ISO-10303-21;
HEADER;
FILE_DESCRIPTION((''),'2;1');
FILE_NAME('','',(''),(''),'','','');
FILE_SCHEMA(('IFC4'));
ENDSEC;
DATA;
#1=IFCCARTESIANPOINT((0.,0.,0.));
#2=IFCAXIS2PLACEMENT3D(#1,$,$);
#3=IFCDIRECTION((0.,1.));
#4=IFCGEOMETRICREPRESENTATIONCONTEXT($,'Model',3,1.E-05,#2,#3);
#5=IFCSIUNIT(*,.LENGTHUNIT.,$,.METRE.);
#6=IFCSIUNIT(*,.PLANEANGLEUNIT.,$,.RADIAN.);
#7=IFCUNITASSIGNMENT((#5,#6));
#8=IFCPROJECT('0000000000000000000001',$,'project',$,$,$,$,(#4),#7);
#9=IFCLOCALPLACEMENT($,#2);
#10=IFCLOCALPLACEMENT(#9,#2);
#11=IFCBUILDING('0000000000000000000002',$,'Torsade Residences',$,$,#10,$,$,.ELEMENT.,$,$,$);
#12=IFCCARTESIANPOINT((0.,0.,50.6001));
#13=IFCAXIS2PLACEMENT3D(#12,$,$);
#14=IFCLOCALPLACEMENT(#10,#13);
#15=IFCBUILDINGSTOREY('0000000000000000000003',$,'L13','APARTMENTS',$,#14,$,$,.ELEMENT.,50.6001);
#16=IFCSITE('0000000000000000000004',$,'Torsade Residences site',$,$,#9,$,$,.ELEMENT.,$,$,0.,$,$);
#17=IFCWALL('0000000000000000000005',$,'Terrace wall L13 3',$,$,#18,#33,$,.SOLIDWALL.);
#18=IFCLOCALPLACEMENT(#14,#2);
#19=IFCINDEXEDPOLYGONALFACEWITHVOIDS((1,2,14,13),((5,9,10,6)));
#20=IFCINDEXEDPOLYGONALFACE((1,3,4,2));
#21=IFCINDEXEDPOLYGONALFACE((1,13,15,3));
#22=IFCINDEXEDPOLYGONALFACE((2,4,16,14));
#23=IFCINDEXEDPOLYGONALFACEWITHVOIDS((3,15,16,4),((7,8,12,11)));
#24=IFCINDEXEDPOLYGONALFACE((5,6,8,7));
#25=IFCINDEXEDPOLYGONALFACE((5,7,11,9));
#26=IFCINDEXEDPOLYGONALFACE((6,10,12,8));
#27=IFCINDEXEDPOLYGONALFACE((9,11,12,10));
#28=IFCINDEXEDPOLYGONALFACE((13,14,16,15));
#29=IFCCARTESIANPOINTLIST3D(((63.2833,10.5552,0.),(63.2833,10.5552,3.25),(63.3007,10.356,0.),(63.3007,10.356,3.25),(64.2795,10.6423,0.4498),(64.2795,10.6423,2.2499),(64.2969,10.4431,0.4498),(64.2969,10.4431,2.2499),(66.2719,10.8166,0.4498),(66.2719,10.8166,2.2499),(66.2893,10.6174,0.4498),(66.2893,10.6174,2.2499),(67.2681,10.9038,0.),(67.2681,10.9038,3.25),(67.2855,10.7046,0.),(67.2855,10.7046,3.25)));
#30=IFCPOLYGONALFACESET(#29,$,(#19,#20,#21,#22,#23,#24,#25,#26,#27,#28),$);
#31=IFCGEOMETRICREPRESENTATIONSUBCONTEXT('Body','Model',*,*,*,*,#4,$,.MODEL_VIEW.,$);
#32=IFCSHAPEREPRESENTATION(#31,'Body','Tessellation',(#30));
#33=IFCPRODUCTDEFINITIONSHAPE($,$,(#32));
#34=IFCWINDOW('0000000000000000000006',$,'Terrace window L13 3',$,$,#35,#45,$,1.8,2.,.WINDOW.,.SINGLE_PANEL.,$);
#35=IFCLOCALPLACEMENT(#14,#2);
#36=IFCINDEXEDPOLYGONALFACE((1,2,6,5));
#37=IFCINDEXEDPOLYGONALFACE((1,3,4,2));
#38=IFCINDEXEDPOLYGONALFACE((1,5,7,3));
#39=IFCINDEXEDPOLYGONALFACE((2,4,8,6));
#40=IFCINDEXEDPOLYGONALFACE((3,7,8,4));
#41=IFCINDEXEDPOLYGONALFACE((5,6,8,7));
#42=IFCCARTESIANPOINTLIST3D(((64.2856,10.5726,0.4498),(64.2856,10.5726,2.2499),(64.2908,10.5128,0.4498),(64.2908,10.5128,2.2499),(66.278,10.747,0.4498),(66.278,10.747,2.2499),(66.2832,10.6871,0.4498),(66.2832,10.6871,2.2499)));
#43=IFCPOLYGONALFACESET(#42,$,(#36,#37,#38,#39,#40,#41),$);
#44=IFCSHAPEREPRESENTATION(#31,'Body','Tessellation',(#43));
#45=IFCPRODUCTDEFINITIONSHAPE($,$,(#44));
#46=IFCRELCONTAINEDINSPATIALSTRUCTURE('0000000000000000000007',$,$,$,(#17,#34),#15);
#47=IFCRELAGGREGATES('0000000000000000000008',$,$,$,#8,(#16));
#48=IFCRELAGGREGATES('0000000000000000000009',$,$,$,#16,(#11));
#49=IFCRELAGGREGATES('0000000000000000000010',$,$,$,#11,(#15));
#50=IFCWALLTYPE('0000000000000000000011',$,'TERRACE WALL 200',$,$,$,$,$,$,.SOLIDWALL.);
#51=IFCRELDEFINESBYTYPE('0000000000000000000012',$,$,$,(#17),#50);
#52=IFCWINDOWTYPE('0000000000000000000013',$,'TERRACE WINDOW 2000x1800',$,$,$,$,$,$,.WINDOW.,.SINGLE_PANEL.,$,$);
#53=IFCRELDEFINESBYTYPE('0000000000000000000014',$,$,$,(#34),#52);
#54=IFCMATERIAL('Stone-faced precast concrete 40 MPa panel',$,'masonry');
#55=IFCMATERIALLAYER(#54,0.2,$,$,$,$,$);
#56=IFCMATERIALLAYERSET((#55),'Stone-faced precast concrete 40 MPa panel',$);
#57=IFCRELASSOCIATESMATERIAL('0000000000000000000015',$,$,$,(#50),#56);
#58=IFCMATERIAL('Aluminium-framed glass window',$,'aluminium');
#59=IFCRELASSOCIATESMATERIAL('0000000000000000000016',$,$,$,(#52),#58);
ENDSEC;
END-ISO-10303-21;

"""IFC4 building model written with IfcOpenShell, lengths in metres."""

from ifc_helpers import new_model, si_unit, direction, frame, frame_2d, origin, place, context, subcontext, project, spatial, rectangle, extrude, material, layer, layer_set, type_object, element, fill, save


model = new_model("IFC4")

# Units and contexts
model_context = context("Model", 3, precision=1e-05, world=origin(), true_north=direction((0.0, 1.0)))
body_context = subcontext(model_context, "Body", "Model", "MODEL_VIEW")
ifc_project = project(units=[si_unit("LENGTHUNIT", "METRE"), si_unit("PLANEANGLEUNIT", "RADIAN")], contexts=[model_context])

# Site, building, storey
site_placement = place(None, origin())
site = spatial("IfcSite", under=ifc_project, at=site_placement, Name="Torsade Residences site", CompositionType="ELEMENT", RefElevation=0.0)
building_placement = place(site_placement, origin())
building = spatial("IfcBuilding", under=site, at=building_placement, Name="Torsade Residences", CompositionType="ELEMENT")
storey_placement = place(building_placement, frame((0.0, 0.0, 50.6001)))
storey = spatial("IfcBuildingStorey", under=building, at=storey_placement, Name="L13", Description="APARTMENTS", CompositionType="ELEMENT", Elevation=50.6001)

# Shared definitions
ifc_material_1 = material(Name="Stone-faced precast concrete 40 MPa panel", Category="masonry")
ifc_layer_1 = layer(ifc_material_1, 0.2)
ifc_layer_set_1 = layer_set([ifc_layer_1], Name="Stone-faced precast concrete 40 MPa panel")
wall_type = type_object("IfcWallType", Name="TERRACE WALL 200", PredefinedType="SOLIDWALL", material=ifc_layer_set_1)

# Wall, opening, window
wall_1_placement = place(storey_placement, frame((63.292, 10.4556, 0.0), z_axis=(0.0, 0.0, 1.0), x_axis=(0.996195, 0.087156, 0.0)))
wall_1 = element("IfcWall", 1, at=wall_1_placement, inside=storey, type_object=wall_type, Name="Terrace wall L13 3", PredefinedType="SOLIDWALL", context=body_context, shape_type="SweptSolid", body=[
    extrude(rectangle(XDim=4.0, YDim=0.2, at=frame_2d((2.0, 0.0))), origin(), (0.0, 0.0, 1.0), 3.25),
])
opening_1_placement = place(wall_1_placement, frame((1.0, 0.0, 0.45)))
opening_1 = element("IfcOpeningElement", 2, at=opening_1_placement, cuts=wall_1, PredefinedType="OPENING", context=body_context, shape_type="SweptSolid", body=[
    extrude(rectangle(XDim=2.0, YDim=1.8, at=frame_2d((1.0, 0.8999))), frame((0.0, 0.1099, 0.0), z_axis=(0.0, -1.0, 0.0), x_axis=(1.0, 0.0, 0.0)), (0.0, 0.0, 1.0), 0.22),
])
ifc_material_2 = material(Name="Aluminium-framed glass window", Category="aluminium")
window_type = type_object("IfcWindowType", Name="TERRACE WINDOW 2000x1800", PartitioningType="SINGLE_PANEL", PredefinedType="WINDOW", material=ifc_material_2)
window_placement = place(opening_1_placement, origin())
window = element("IfcWindow", 3, at=window_placement, inside=storey, type_object=window_type, Name="Terrace window L13 3", OverallHeight=1.8, OverallWidth=2.0, PartitioningType="SINGLE_PANEL", PredefinedType="WINDOW", context=body_context, shape_type="SweptSolid", body=[
    extrude(rectangle(XDim=2.0, YDim=1.8, at=frame_2d((1.0, 0.8999))), frame((0.0, 0.03, 0.0), z_axis=(0.0, -1.0, 0.0), x_axis=(1.0, 0.0, 0.0)), (0.0, 0.0, 1.0), 0.0601),
])
fill(opening_1, window)

save(model, "model.ifc")
